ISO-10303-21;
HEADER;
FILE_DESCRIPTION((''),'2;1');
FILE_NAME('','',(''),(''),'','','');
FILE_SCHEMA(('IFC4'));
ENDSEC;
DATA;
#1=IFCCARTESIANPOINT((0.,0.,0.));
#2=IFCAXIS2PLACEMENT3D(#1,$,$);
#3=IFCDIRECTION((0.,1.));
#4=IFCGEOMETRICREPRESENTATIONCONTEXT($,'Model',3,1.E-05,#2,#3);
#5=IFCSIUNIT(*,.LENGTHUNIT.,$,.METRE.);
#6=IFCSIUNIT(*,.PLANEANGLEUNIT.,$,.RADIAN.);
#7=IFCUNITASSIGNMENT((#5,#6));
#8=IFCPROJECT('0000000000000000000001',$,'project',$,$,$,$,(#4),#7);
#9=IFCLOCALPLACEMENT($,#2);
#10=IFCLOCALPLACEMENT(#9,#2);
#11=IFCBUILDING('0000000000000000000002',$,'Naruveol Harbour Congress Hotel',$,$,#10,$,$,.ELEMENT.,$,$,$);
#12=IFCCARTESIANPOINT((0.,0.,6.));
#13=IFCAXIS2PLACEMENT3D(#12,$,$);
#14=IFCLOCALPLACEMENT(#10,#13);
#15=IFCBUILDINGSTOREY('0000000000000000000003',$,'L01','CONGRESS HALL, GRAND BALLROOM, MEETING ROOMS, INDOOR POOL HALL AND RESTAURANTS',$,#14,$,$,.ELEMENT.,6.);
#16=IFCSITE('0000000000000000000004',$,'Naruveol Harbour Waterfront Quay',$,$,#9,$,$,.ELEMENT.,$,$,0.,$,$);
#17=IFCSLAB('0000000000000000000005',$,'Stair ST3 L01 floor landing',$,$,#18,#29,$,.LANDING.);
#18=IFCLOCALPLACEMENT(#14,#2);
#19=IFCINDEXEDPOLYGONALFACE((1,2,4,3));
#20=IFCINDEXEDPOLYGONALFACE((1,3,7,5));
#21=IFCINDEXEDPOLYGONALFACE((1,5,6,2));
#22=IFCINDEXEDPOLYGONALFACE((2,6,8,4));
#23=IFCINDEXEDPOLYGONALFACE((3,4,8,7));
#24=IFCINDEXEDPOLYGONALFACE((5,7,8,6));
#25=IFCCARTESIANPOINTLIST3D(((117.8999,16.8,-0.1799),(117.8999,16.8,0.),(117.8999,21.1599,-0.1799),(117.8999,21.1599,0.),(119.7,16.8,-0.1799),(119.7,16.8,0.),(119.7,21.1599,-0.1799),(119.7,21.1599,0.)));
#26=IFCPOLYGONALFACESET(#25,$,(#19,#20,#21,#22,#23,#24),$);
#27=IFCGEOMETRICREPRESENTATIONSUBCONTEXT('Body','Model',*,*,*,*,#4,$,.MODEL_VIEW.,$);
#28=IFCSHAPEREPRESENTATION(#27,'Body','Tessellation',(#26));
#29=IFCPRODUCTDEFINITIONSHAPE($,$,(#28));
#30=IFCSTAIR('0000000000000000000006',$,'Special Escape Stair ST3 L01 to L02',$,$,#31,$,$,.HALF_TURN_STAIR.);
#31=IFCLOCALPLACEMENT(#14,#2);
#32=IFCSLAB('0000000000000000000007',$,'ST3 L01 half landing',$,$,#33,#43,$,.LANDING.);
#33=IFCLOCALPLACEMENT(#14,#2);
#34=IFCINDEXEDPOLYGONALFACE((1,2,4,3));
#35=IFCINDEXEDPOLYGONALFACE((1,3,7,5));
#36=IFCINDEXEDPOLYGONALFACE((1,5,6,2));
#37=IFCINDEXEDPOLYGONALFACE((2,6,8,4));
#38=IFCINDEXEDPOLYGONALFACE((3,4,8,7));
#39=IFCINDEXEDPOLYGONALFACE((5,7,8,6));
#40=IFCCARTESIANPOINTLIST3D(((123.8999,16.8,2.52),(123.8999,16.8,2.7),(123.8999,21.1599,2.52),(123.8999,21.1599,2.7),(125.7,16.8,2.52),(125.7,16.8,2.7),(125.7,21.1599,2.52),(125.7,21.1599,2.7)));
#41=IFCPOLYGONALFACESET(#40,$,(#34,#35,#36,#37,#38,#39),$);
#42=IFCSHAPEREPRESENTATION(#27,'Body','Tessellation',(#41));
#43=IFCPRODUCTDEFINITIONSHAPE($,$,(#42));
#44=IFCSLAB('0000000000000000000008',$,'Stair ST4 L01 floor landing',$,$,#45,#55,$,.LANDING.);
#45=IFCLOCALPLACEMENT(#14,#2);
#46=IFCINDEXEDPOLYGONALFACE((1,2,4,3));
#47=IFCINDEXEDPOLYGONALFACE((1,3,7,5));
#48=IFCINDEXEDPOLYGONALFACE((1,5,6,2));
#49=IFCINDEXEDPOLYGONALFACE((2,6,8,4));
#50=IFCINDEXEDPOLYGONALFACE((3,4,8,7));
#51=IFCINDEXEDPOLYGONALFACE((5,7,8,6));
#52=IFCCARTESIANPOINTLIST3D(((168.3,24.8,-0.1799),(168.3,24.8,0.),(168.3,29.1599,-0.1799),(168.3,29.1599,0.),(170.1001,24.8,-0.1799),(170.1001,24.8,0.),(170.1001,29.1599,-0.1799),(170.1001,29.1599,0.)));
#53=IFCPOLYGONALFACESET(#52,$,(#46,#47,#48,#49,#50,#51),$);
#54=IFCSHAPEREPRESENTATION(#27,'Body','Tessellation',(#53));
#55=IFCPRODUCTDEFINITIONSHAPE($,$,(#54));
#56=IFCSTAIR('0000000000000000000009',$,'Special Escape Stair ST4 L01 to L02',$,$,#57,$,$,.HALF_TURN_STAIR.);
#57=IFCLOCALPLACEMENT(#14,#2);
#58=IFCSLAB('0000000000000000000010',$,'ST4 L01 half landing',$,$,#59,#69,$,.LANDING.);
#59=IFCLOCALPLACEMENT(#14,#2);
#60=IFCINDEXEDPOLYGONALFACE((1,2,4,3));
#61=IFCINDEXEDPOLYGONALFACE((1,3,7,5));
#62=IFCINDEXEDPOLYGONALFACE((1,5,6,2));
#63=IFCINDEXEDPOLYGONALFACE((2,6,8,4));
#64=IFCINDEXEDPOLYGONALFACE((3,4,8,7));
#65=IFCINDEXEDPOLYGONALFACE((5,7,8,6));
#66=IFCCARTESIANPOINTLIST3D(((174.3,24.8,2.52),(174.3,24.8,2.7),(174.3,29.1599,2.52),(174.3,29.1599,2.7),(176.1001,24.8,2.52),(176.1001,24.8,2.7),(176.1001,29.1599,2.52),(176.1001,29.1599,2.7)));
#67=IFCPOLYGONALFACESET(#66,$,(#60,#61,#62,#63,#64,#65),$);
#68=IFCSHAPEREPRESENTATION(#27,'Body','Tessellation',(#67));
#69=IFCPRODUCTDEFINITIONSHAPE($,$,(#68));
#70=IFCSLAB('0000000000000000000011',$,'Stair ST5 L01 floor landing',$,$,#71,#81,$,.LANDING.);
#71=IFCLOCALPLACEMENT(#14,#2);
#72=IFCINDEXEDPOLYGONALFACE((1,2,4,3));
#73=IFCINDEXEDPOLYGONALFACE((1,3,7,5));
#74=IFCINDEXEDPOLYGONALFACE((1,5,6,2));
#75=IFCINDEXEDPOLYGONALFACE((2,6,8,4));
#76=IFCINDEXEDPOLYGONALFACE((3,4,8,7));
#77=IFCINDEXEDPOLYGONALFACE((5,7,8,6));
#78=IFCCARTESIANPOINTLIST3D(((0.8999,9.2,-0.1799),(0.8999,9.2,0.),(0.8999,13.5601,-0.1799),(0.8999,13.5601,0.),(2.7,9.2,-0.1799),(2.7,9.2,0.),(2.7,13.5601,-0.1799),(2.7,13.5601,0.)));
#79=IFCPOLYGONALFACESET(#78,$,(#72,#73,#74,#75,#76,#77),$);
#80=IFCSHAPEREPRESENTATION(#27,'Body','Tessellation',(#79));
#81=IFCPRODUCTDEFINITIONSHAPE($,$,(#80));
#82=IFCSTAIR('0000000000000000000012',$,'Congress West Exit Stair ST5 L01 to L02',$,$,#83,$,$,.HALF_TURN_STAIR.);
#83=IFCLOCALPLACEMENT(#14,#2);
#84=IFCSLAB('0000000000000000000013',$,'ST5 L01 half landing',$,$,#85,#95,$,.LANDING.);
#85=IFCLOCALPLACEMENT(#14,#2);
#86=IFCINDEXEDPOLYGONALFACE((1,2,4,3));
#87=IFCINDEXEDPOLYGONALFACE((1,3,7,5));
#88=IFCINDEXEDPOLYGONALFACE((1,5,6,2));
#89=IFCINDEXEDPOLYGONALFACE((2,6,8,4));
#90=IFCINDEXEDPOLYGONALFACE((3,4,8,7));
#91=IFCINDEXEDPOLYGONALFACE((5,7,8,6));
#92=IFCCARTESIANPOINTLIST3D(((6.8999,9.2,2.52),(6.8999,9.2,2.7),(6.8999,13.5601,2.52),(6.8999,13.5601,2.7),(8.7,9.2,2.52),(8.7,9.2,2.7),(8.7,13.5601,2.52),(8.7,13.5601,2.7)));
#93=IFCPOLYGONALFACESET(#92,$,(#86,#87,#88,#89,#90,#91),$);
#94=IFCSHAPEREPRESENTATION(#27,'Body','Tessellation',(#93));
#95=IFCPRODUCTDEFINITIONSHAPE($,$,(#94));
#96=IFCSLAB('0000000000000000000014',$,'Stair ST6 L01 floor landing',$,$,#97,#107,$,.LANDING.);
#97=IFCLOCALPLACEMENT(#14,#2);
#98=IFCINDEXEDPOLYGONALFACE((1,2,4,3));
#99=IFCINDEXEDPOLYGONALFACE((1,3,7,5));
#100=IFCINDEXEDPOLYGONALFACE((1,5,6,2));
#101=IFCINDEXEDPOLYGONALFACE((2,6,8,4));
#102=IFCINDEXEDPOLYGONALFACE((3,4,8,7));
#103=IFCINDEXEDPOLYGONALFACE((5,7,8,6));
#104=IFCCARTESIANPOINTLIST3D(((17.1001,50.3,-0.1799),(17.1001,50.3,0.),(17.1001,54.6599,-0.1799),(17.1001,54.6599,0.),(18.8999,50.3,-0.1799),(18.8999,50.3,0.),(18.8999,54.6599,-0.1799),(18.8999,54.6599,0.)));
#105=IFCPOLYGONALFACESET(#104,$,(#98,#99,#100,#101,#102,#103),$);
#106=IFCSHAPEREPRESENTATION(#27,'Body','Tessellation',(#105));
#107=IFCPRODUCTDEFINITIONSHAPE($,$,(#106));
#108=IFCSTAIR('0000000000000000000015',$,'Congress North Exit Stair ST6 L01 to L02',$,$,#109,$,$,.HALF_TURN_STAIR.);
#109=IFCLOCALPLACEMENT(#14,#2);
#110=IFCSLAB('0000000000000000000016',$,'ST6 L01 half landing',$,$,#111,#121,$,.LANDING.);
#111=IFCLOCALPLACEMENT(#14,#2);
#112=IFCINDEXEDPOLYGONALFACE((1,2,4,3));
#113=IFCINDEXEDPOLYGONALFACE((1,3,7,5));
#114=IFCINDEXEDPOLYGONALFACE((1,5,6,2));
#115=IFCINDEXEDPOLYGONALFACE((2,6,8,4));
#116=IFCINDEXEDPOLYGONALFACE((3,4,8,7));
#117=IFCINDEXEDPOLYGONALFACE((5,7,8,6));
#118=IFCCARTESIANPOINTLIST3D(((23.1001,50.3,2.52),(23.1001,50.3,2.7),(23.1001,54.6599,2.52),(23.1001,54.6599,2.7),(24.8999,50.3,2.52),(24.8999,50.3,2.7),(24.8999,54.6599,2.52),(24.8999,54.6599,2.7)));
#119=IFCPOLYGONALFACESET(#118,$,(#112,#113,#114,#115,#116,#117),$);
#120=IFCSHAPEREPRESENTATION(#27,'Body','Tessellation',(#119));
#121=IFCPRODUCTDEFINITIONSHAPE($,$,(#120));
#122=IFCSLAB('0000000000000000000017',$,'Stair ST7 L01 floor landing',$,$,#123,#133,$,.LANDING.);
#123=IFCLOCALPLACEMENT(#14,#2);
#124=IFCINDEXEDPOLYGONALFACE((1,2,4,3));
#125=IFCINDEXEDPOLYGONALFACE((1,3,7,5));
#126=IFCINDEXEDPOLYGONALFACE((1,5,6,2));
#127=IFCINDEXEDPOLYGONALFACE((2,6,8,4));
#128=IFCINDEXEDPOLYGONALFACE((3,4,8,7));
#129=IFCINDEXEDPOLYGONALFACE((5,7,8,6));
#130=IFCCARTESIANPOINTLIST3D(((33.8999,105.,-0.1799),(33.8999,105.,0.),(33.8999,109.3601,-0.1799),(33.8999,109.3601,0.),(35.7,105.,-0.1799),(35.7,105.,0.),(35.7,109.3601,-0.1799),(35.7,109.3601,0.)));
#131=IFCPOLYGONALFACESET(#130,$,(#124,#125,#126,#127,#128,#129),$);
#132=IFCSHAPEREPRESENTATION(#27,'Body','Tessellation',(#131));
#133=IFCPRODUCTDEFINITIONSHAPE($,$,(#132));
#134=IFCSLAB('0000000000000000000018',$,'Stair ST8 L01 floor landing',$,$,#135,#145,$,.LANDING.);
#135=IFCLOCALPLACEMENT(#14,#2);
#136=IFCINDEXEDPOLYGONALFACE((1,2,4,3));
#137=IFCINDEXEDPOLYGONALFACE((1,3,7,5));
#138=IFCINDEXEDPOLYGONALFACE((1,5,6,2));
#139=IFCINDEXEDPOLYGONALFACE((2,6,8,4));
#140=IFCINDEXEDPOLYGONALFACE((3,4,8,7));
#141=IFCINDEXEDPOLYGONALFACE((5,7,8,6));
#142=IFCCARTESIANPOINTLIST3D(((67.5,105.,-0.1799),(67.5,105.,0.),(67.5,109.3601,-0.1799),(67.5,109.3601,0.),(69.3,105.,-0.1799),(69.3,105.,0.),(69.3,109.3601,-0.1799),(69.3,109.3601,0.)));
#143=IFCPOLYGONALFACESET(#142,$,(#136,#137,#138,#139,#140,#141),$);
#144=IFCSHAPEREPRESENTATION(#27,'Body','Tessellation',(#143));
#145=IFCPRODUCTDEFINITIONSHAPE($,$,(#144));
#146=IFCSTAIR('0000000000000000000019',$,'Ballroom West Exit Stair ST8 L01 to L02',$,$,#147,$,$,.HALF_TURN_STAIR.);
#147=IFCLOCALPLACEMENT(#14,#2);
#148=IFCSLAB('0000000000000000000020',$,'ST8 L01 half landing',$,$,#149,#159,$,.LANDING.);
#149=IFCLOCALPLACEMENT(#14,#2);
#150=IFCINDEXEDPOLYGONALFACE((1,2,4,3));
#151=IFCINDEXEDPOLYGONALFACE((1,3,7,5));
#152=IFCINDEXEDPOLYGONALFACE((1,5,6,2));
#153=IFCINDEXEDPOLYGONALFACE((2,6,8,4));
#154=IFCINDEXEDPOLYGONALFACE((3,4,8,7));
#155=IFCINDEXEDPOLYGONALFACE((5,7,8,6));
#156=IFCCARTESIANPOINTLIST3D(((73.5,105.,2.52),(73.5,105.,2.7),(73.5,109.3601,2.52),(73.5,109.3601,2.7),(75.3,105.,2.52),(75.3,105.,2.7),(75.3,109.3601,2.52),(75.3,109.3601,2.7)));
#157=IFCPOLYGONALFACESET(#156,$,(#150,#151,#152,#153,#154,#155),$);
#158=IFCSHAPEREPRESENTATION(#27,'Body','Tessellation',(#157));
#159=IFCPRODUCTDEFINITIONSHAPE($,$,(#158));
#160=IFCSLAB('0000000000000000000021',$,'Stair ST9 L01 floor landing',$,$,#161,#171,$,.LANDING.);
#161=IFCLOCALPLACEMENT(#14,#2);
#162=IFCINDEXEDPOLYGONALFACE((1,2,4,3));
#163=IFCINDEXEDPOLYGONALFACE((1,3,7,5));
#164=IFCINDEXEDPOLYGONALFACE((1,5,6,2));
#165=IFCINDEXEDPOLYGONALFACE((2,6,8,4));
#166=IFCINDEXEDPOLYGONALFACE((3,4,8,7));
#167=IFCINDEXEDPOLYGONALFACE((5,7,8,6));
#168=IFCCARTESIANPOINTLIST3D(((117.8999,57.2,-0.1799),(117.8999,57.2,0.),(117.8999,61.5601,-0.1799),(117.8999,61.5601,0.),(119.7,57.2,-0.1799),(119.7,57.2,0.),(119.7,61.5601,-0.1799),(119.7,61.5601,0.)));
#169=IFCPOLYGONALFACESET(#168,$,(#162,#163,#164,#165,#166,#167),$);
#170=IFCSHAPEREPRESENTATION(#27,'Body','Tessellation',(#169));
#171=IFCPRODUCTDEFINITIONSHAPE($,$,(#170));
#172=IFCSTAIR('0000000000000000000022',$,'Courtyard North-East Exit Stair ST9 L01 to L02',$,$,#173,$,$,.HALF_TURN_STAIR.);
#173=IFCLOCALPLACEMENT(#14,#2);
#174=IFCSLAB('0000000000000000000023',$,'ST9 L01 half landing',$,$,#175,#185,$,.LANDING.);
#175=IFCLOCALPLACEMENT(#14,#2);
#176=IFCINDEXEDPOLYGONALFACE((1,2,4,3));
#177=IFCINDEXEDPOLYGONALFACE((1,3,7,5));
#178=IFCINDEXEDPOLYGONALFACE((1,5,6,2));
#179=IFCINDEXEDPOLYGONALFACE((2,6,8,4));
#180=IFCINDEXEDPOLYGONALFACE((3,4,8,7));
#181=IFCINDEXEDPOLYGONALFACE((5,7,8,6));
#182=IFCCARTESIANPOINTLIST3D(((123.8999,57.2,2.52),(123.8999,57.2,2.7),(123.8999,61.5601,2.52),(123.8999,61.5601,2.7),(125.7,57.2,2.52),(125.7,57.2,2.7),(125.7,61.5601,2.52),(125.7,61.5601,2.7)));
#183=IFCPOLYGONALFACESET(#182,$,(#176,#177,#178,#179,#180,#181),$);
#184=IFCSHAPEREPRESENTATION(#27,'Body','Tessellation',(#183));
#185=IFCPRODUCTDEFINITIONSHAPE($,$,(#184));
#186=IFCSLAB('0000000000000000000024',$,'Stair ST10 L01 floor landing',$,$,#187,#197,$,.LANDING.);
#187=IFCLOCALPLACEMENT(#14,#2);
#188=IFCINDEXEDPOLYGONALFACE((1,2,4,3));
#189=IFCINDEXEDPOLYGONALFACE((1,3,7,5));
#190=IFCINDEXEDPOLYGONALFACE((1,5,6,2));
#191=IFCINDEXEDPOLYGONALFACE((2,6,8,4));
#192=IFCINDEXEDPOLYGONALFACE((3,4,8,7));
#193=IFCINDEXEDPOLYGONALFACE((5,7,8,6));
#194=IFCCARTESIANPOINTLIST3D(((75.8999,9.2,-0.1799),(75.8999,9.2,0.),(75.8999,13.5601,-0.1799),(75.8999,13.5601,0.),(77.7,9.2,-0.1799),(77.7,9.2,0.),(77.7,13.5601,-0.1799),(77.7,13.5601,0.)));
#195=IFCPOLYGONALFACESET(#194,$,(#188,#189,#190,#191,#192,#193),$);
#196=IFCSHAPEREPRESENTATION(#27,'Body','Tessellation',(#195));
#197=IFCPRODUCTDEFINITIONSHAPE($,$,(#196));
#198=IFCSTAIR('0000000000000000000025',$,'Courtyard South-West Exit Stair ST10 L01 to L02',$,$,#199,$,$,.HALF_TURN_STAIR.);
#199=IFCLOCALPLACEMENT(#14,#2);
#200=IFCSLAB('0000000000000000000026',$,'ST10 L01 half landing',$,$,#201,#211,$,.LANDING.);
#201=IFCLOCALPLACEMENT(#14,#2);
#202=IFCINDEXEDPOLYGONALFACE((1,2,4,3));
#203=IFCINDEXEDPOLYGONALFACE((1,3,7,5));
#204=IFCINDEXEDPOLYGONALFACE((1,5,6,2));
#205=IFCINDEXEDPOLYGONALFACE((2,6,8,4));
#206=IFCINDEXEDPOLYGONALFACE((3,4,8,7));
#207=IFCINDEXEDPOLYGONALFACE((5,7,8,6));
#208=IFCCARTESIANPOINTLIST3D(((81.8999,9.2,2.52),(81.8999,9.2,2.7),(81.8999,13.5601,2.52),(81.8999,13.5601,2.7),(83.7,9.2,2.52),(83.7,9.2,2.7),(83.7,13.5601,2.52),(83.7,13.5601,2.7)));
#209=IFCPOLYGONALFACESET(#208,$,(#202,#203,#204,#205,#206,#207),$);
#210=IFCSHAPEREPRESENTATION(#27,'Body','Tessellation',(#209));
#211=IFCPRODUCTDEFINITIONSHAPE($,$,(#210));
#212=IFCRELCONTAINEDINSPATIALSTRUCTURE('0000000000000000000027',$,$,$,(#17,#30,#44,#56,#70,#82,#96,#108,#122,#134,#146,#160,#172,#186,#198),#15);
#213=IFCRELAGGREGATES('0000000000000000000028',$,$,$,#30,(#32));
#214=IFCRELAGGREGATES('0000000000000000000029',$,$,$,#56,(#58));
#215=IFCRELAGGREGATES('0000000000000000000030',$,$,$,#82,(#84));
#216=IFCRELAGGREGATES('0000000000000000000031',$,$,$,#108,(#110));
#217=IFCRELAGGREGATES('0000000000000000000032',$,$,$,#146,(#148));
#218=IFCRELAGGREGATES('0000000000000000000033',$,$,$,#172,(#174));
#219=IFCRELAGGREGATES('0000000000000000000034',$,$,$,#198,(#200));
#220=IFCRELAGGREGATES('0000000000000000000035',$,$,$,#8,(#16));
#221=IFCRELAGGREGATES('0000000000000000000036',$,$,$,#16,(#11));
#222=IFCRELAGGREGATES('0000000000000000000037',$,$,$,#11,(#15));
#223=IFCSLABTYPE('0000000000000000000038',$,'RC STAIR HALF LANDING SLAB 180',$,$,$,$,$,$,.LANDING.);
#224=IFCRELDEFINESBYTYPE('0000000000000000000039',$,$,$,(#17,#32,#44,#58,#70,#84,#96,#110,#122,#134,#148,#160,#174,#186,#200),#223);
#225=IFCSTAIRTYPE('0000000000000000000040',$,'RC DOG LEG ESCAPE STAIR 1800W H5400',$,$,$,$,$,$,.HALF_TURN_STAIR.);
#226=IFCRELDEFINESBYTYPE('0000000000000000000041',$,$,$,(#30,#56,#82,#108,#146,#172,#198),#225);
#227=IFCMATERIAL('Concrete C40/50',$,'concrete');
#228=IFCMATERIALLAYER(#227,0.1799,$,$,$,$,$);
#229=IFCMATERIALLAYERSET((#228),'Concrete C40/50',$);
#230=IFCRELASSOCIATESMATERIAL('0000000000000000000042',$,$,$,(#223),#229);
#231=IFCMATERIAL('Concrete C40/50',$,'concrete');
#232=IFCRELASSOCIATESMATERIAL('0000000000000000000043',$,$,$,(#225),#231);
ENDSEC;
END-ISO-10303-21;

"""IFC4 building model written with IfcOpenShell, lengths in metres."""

from ifc_helpers import new_model, si_unit, direction, frame, origin, place, context, subcontext, project, spatial, polyline, outline, extrude, material, layer, layer_set, type_object, element, aggregate, save


model = new_model("IFC4")

# Units and contexts
model_context = context("Model", 3, precision=1e-05, world=origin(), true_north=direction((0.0, 1.0)))
body_context = subcontext(model_context, "Body", "Model", "MODEL_VIEW")
ifc_project = project(units=[si_unit("LENGTHUNIT", "METRE"), si_unit("PLANEANGLEUNIT", "RADIAN")], contexts=[model_context])

# Site, building, storey
site_placement = place(None, origin())
site = spatial("IfcSite", under=ifc_project, at=site_placement, Name="Naruveol Harbour Waterfront Quay", CompositionType="ELEMENT", RefElevation=0.0)
building_placement = place(site_placement, origin())
building = spatial("IfcBuilding", under=site, at=building_placement, Name="Naruveol Harbour Congress Hotel", CompositionType="ELEMENT")
storey_placement = place(building_placement, frame((0.0, 0.0, 6.0)))
storey = spatial("IfcBuildingStorey", under=building, at=storey_placement, Name="L01", Description="CONGRESS HALL, GRAND BALLROOM, MEETING ROOMS, INDOOR POOL HALL AND RESTAURANTS", CompositionType="ELEMENT", Elevation=6.0)

# Shared definitions
ifc_material_1 = material(Name="Concrete C40/50", Category="concrete")
ifc_layer_1 = layer(ifc_material_1, 0.1799)
ifc_layer_set_1 = layer_set([ifc_layer_1], Name="Concrete C40/50")
slab_type_1 = type_object("IfcSlabType", Name="RC STAIR HALF LANDING SLAB 180", PredefinedType="LANDING", material=ifc_layer_set_1)

# Shared definitions
ifc_material_2 = material(Name="Concrete C40/50", Category="concrete")
stair_type = type_object("IfcStairType", Name="RC DOG LEG ESCAPE STAIR 1800W H5400", PredefinedType="HALF_TURN_STAIR", material=ifc_material_2)

# Slab
slab_1_placement = place(storey_placement, frame((0.0, 0.0, -0.1799)))
element("IfcSlab", 1, at=slab_1_placement, inside=storey, type_object=slab_type_1, Name="Stair ST3 L01 floor landing", PredefinedType="LANDING", context=body_context, shape_type="SweptSolid", body=[
    extrude(outline(polyline([(117.8999, 16.8), (119.7, 16.8), (119.7, 21.1599), (117.8999, 21.1599), (117.8999, 16.8)])), origin(), (0.0, 0.0, 1.0), 0.1799),
])

# Stair, slab
stair_1_placement = place(storey_placement, origin())
stair_1 = element("IfcStair", 2, at=stair_1_placement, inside=storey, type_object=stair_type, Name="Special Escape Stair ST3 L01 to L02", PredefinedType="HALF_TURN_STAIR")
slab_2_placement = place(storey_placement, frame((0.0, 0.0, 2.52)))
slab_2 = element("IfcSlab", 3, at=slab_2_placement, type_object=slab_type_1, Name="ST3 L01 half landing", PredefinedType="LANDING", context=body_context, shape_type="SweptSolid", body=[
    extrude(outline(polyline([(123.8999, 16.8), (125.7, 16.8), (125.7, 21.1599), (123.8999, 21.1599), (123.8999, 16.8)])), origin(), (0.0, 0.0, 1.0), 0.1799),
])
aggregate(stair_1, [slab_2])

# Slab
slab_3_placement = place(storey_placement, frame((0.0, 0.0, -0.1799)))
element("IfcSlab", 4, at=slab_3_placement, inside=storey, type_object=slab_type_1, Name="Stair ST4 L01 floor landing", PredefinedType="LANDING", context=body_context, shape_type="SweptSolid", body=[
    extrude(outline(polyline([(168.3, 24.8), (170.1001, 24.8), (170.1001, 29.1599), (168.3, 29.1599), (168.3, 24.8)])), origin(), (0.0, 0.0, 1.0), 0.1799),
])

# Stair, slab
stair_2_placement = place(storey_placement, origin())
stair_2 = element("IfcStair", 5, at=stair_2_placement, inside=storey, type_object=stair_type, Name="Special Escape Stair ST4 L01 to L02", PredefinedType="HALF_TURN_STAIR")
slab_4_placement = place(storey_placement, frame((0.0, 0.0, 2.52)))
slab_4 = element("IfcSlab", 6, at=slab_4_placement, type_object=slab_type_1, Name="ST4 L01 half landing", PredefinedType="LANDING", context=body_context, shape_type="SweptSolid", body=[
    extrude(outline(polyline([(174.3, 24.8), (176.1001, 24.8), (176.1001, 29.1599), (174.3, 29.1599), (174.3, 24.8)])), origin(), (0.0, 0.0, 1.0), 0.1799),
])
aggregate(stair_2, [slab_4])

# Slab
slab_5_placement = place(storey_placement, frame((0.0, 0.0, -0.1799)))
element("IfcSlab", 7, at=slab_5_placement, inside=storey, type_object=slab_type_1, Name="Stair ST5 L01 floor landing", PredefinedType="LANDING", context=body_context, shape_type="SweptSolid", body=[
    extrude(outline(polyline([(0.8999, 9.2), (2.7, 9.2), (2.7, 13.5601), (0.8999, 13.5601), (0.8999, 9.2)])), origin(), (0.0, 0.0, 1.0), 0.1799),
])

# Stair, slab
stair_3_placement = place(storey_placement, origin())
stair_3 = element("IfcStair", 8, at=stair_3_placement, inside=storey, type_object=stair_type, Name="Congress West Exit Stair ST5 L01 to L02", PredefinedType="HALF_TURN_STAIR")
slab_6_placement = place(storey_placement, frame((0.0, 0.0, 2.52)))
slab_6 = element("IfcSlab", 9, at=slab_6_placement, type_object=slab_type_1, Name="ST5 L01 half landing", PredefinedType="LANDING", context=body_context, shape_type="SweptSolid", body=[
    extrude(outline(polyline([(6.8999, 9.2), (8.7, 9.2), (8.7, 13.5601), (6.8999, 13.5601), (6.8999, 9.2)])), origin(), (0.0, 0.0, 1.0), 0.1799),
])
aggregate(stair_3, [slab_6])

# Slab
slab_7_placement = place(storey_placement, frame((0.0, 0.0, -0.1799)))
element("IfcSlab", 10, at=slab_7_placement, inside=storey, type_object=slab_type_1, Name="Stair ST6 L01 floor landing", PredefinedType="LANDING", context=body_context, shape_type="SweptSolid", body=[
    extrude(outline(polyline([(17.1001, 50.3), (18.8999, 50.3), (18.8999, 54.6599), (17.1001, 54.6599), (17.1001, 50.3)])), origin(), (0.0, 0.0, 1.0), 0.1799),
])

# Stair, slab
stair_4_placement = place(storey_placement, origin())
stair_4 = element("IfcStair", 11, at=stair_4_placement, inside=storey, type_object=stair_type, Name="Congress North Exit Stair ST6 L01 to L02", PredefinedType="HALF_TURN_STAIR")
slab_8_placement = place(storey_placement, frame((0.0, 0.0, 2.52)))
slab_8 = element("IfcSlab", 12, at=slab_8_placement, type_object=slab_type_1, Name="ST6 L01 half landing", PredefinedType="LANDING", context=body_context, shape_type="SweptSolid", body=[
    extrude(outline(polyline([(23.1001, 50.3), (24.8999, 50.3), (24.8999, 54.6599), (23.1001, 54.6599), (23.1001, 50.3)])), origin(), (0.0, 0.0, 1.0), 0.1799),
])
aggregate(stair_4, [slab_8])

# Slabs
slab_9_placement = place(storey_placement, frame((0.0, 0.0, -0.1799)))
element("IfcSlab", 13, at=slab_9_placement, inside=storey, type_object=slab_type_1, Name="Stair ST7 L01 floor landing", PredefinedType="LANDING", context=body_context, shape_type="SweptSolid", body=[
    extrude(outline(polyline([(33.8999, 105.0), (35.7, 105.0), (35.7, 109.3601), (33.8999, 109.3601), (33.8999, 105.0)])), origin(), (0.0, 0.0, 1.0), 0.1799),
])
slab_10_placement = place(storey_placement, frame((0.0, 0.0, -0.1799)))
element("IfcSlab", 14, at=slab_10_placement, inside=storey, type_object=slab_type_1, Name="Stair ST8 L01 floor landing", PredefinedType="LANDING", context=body_context, shape_type="SweptSolid", body=[
    extrude(outline(polyline([(67.5, 105.0), (69.3, 105.0), (69.3, 109.3601), (67.5, 109.3601), (67.5, 105.0)])), origin(), (0.0, 0.0, 1.0), 0.1799),
])

# Stair, slab
stair_5_placement = place(storey_placement, origin())
stair_5 = element("IfcStair", 15, at=stair_5_placement, inside=storey, type_object=stair_type, Name="Ballroom West Exit Stair ST8 L01 to L02", PredefinedType="HALF_TURN_STAIR")
slab_11_placement = place(storey_placement, frame((0.0, 0.0, 2.52)))
slab_11 = element("IfcSlab", 16, at=slab_11_placement, type_object=slab_type_1, Name="ST8 L01 half landing", PredefinedType="LANDING", context=body_context, shape_type="SweptSolid", body=[
    extrude(outline(polyline([(73.5, 105.0), (75.3, 105.0), (75.3, 109.3601), (73.5, 109.3601), (73.5, 105.0)])), origin(), (0.0, 0.0, 1.0), 0.1799),
])
aggregate(stair_5, [slab_11])

# Slab
slab_12_placement = place(storey_placement, frame((0.0, 0.0, -0.1799)))
element("IfcSlab", 17, at=slab_12_placement, inside=storey, type_object=slab_type_1, Name="Stair ST9 L01 floor landing", PredefinedType="LANDING", context=body_context, shape_type="SweptSolid", body=[
    extrude(outline(polyline([(117.8999, 57.2), (119.7, 57.2), (119.7, 61.5601), (117.8999, 61.5601), (117.8999, 57.2)])), origin(), (0.0, 0.0, 1.0), 0.1799),
])

# Stair, slab
stair_6_placement = place(storey_placement, origin())
stair_6 = element("IfcStair", 18, at=stair_6_placement, inside=storey, type_object=stair_type, Name="Courtyard North-East Exit Stair ST9 L01 to L02", PredefinedType="HALF_TURN_STAIR")
slab_13_placement = place(storey_placement, frame((0.0, 0.0, 2.52)))
slab_13 = element("IfcSlab", 19, at=slab_13_placement, type_object=slab_type_1, Name="ST9 L01 half landing", PredefinedType="LANDING", context=body_context, shape_type="SweptSolid", body=[
    extrude(outline(polyline([(123.8999, 57.2), (125.7, 57.2), (125.7, 61.5601), (123.8999, 61.5601), (123.8999, 57.2)])), origin(), (0.0, 0.0, 1.0), 0.1799),
])
aggregate(stair_6, [slab_13])

# Slab
slab_14_placement = place(storey_placement, frame((0.0, 0.0, -0.1799)))
element("IfcSlab", 20, at=slab_14_placement, inside=storey, type_object=slab_type_1, Name="Stair ST10 L01 floor landing", PredefinedType="LANDING", context=body_context, shape_type="SweptSolid", body=[
    extrude(outline(polyline([(75.8999, 9.2), (77.7, 9.2), (77.7, 13.5601), (75.8999, 13.5601), (75.8999, 9.2)])), origin(), (0.0, 0.0, 1.0), 0.1799),
])

# Stair, slab
stair_7_placement = place(storey_placement, origin())
stair_7 = element("IfcStair", 21, at=stair_7_placement, inside=storey, type_object=stair_type, Name="Courtyard South-West Exit Stair ST10 L01 to L02", PredefinedType="HALF_TURN_STAIR")
slab_15_placement = place(storey_placement, frame((0.0, 0.0, 2.52)))
slab_15 = element("IfcSlab", 22, at=slab_15_placement, type_object=slab_type_1, Name="ST10 L01 half landing", PredefinedType="LANDING", context=body_context, shape_type="SweptSolid", body=[
    extrude(outline(polyline([(81.8999, 9.2), (83.7, 9.2), (83.7, 13.5601), (81.8999, 13.5601), (81.8999, 9.2)])), origin(), (0.0, 0.0, 1.0), 0.1799),
])
aggregate(stair_7, [slab_15])

save(model, "model.ifc")
